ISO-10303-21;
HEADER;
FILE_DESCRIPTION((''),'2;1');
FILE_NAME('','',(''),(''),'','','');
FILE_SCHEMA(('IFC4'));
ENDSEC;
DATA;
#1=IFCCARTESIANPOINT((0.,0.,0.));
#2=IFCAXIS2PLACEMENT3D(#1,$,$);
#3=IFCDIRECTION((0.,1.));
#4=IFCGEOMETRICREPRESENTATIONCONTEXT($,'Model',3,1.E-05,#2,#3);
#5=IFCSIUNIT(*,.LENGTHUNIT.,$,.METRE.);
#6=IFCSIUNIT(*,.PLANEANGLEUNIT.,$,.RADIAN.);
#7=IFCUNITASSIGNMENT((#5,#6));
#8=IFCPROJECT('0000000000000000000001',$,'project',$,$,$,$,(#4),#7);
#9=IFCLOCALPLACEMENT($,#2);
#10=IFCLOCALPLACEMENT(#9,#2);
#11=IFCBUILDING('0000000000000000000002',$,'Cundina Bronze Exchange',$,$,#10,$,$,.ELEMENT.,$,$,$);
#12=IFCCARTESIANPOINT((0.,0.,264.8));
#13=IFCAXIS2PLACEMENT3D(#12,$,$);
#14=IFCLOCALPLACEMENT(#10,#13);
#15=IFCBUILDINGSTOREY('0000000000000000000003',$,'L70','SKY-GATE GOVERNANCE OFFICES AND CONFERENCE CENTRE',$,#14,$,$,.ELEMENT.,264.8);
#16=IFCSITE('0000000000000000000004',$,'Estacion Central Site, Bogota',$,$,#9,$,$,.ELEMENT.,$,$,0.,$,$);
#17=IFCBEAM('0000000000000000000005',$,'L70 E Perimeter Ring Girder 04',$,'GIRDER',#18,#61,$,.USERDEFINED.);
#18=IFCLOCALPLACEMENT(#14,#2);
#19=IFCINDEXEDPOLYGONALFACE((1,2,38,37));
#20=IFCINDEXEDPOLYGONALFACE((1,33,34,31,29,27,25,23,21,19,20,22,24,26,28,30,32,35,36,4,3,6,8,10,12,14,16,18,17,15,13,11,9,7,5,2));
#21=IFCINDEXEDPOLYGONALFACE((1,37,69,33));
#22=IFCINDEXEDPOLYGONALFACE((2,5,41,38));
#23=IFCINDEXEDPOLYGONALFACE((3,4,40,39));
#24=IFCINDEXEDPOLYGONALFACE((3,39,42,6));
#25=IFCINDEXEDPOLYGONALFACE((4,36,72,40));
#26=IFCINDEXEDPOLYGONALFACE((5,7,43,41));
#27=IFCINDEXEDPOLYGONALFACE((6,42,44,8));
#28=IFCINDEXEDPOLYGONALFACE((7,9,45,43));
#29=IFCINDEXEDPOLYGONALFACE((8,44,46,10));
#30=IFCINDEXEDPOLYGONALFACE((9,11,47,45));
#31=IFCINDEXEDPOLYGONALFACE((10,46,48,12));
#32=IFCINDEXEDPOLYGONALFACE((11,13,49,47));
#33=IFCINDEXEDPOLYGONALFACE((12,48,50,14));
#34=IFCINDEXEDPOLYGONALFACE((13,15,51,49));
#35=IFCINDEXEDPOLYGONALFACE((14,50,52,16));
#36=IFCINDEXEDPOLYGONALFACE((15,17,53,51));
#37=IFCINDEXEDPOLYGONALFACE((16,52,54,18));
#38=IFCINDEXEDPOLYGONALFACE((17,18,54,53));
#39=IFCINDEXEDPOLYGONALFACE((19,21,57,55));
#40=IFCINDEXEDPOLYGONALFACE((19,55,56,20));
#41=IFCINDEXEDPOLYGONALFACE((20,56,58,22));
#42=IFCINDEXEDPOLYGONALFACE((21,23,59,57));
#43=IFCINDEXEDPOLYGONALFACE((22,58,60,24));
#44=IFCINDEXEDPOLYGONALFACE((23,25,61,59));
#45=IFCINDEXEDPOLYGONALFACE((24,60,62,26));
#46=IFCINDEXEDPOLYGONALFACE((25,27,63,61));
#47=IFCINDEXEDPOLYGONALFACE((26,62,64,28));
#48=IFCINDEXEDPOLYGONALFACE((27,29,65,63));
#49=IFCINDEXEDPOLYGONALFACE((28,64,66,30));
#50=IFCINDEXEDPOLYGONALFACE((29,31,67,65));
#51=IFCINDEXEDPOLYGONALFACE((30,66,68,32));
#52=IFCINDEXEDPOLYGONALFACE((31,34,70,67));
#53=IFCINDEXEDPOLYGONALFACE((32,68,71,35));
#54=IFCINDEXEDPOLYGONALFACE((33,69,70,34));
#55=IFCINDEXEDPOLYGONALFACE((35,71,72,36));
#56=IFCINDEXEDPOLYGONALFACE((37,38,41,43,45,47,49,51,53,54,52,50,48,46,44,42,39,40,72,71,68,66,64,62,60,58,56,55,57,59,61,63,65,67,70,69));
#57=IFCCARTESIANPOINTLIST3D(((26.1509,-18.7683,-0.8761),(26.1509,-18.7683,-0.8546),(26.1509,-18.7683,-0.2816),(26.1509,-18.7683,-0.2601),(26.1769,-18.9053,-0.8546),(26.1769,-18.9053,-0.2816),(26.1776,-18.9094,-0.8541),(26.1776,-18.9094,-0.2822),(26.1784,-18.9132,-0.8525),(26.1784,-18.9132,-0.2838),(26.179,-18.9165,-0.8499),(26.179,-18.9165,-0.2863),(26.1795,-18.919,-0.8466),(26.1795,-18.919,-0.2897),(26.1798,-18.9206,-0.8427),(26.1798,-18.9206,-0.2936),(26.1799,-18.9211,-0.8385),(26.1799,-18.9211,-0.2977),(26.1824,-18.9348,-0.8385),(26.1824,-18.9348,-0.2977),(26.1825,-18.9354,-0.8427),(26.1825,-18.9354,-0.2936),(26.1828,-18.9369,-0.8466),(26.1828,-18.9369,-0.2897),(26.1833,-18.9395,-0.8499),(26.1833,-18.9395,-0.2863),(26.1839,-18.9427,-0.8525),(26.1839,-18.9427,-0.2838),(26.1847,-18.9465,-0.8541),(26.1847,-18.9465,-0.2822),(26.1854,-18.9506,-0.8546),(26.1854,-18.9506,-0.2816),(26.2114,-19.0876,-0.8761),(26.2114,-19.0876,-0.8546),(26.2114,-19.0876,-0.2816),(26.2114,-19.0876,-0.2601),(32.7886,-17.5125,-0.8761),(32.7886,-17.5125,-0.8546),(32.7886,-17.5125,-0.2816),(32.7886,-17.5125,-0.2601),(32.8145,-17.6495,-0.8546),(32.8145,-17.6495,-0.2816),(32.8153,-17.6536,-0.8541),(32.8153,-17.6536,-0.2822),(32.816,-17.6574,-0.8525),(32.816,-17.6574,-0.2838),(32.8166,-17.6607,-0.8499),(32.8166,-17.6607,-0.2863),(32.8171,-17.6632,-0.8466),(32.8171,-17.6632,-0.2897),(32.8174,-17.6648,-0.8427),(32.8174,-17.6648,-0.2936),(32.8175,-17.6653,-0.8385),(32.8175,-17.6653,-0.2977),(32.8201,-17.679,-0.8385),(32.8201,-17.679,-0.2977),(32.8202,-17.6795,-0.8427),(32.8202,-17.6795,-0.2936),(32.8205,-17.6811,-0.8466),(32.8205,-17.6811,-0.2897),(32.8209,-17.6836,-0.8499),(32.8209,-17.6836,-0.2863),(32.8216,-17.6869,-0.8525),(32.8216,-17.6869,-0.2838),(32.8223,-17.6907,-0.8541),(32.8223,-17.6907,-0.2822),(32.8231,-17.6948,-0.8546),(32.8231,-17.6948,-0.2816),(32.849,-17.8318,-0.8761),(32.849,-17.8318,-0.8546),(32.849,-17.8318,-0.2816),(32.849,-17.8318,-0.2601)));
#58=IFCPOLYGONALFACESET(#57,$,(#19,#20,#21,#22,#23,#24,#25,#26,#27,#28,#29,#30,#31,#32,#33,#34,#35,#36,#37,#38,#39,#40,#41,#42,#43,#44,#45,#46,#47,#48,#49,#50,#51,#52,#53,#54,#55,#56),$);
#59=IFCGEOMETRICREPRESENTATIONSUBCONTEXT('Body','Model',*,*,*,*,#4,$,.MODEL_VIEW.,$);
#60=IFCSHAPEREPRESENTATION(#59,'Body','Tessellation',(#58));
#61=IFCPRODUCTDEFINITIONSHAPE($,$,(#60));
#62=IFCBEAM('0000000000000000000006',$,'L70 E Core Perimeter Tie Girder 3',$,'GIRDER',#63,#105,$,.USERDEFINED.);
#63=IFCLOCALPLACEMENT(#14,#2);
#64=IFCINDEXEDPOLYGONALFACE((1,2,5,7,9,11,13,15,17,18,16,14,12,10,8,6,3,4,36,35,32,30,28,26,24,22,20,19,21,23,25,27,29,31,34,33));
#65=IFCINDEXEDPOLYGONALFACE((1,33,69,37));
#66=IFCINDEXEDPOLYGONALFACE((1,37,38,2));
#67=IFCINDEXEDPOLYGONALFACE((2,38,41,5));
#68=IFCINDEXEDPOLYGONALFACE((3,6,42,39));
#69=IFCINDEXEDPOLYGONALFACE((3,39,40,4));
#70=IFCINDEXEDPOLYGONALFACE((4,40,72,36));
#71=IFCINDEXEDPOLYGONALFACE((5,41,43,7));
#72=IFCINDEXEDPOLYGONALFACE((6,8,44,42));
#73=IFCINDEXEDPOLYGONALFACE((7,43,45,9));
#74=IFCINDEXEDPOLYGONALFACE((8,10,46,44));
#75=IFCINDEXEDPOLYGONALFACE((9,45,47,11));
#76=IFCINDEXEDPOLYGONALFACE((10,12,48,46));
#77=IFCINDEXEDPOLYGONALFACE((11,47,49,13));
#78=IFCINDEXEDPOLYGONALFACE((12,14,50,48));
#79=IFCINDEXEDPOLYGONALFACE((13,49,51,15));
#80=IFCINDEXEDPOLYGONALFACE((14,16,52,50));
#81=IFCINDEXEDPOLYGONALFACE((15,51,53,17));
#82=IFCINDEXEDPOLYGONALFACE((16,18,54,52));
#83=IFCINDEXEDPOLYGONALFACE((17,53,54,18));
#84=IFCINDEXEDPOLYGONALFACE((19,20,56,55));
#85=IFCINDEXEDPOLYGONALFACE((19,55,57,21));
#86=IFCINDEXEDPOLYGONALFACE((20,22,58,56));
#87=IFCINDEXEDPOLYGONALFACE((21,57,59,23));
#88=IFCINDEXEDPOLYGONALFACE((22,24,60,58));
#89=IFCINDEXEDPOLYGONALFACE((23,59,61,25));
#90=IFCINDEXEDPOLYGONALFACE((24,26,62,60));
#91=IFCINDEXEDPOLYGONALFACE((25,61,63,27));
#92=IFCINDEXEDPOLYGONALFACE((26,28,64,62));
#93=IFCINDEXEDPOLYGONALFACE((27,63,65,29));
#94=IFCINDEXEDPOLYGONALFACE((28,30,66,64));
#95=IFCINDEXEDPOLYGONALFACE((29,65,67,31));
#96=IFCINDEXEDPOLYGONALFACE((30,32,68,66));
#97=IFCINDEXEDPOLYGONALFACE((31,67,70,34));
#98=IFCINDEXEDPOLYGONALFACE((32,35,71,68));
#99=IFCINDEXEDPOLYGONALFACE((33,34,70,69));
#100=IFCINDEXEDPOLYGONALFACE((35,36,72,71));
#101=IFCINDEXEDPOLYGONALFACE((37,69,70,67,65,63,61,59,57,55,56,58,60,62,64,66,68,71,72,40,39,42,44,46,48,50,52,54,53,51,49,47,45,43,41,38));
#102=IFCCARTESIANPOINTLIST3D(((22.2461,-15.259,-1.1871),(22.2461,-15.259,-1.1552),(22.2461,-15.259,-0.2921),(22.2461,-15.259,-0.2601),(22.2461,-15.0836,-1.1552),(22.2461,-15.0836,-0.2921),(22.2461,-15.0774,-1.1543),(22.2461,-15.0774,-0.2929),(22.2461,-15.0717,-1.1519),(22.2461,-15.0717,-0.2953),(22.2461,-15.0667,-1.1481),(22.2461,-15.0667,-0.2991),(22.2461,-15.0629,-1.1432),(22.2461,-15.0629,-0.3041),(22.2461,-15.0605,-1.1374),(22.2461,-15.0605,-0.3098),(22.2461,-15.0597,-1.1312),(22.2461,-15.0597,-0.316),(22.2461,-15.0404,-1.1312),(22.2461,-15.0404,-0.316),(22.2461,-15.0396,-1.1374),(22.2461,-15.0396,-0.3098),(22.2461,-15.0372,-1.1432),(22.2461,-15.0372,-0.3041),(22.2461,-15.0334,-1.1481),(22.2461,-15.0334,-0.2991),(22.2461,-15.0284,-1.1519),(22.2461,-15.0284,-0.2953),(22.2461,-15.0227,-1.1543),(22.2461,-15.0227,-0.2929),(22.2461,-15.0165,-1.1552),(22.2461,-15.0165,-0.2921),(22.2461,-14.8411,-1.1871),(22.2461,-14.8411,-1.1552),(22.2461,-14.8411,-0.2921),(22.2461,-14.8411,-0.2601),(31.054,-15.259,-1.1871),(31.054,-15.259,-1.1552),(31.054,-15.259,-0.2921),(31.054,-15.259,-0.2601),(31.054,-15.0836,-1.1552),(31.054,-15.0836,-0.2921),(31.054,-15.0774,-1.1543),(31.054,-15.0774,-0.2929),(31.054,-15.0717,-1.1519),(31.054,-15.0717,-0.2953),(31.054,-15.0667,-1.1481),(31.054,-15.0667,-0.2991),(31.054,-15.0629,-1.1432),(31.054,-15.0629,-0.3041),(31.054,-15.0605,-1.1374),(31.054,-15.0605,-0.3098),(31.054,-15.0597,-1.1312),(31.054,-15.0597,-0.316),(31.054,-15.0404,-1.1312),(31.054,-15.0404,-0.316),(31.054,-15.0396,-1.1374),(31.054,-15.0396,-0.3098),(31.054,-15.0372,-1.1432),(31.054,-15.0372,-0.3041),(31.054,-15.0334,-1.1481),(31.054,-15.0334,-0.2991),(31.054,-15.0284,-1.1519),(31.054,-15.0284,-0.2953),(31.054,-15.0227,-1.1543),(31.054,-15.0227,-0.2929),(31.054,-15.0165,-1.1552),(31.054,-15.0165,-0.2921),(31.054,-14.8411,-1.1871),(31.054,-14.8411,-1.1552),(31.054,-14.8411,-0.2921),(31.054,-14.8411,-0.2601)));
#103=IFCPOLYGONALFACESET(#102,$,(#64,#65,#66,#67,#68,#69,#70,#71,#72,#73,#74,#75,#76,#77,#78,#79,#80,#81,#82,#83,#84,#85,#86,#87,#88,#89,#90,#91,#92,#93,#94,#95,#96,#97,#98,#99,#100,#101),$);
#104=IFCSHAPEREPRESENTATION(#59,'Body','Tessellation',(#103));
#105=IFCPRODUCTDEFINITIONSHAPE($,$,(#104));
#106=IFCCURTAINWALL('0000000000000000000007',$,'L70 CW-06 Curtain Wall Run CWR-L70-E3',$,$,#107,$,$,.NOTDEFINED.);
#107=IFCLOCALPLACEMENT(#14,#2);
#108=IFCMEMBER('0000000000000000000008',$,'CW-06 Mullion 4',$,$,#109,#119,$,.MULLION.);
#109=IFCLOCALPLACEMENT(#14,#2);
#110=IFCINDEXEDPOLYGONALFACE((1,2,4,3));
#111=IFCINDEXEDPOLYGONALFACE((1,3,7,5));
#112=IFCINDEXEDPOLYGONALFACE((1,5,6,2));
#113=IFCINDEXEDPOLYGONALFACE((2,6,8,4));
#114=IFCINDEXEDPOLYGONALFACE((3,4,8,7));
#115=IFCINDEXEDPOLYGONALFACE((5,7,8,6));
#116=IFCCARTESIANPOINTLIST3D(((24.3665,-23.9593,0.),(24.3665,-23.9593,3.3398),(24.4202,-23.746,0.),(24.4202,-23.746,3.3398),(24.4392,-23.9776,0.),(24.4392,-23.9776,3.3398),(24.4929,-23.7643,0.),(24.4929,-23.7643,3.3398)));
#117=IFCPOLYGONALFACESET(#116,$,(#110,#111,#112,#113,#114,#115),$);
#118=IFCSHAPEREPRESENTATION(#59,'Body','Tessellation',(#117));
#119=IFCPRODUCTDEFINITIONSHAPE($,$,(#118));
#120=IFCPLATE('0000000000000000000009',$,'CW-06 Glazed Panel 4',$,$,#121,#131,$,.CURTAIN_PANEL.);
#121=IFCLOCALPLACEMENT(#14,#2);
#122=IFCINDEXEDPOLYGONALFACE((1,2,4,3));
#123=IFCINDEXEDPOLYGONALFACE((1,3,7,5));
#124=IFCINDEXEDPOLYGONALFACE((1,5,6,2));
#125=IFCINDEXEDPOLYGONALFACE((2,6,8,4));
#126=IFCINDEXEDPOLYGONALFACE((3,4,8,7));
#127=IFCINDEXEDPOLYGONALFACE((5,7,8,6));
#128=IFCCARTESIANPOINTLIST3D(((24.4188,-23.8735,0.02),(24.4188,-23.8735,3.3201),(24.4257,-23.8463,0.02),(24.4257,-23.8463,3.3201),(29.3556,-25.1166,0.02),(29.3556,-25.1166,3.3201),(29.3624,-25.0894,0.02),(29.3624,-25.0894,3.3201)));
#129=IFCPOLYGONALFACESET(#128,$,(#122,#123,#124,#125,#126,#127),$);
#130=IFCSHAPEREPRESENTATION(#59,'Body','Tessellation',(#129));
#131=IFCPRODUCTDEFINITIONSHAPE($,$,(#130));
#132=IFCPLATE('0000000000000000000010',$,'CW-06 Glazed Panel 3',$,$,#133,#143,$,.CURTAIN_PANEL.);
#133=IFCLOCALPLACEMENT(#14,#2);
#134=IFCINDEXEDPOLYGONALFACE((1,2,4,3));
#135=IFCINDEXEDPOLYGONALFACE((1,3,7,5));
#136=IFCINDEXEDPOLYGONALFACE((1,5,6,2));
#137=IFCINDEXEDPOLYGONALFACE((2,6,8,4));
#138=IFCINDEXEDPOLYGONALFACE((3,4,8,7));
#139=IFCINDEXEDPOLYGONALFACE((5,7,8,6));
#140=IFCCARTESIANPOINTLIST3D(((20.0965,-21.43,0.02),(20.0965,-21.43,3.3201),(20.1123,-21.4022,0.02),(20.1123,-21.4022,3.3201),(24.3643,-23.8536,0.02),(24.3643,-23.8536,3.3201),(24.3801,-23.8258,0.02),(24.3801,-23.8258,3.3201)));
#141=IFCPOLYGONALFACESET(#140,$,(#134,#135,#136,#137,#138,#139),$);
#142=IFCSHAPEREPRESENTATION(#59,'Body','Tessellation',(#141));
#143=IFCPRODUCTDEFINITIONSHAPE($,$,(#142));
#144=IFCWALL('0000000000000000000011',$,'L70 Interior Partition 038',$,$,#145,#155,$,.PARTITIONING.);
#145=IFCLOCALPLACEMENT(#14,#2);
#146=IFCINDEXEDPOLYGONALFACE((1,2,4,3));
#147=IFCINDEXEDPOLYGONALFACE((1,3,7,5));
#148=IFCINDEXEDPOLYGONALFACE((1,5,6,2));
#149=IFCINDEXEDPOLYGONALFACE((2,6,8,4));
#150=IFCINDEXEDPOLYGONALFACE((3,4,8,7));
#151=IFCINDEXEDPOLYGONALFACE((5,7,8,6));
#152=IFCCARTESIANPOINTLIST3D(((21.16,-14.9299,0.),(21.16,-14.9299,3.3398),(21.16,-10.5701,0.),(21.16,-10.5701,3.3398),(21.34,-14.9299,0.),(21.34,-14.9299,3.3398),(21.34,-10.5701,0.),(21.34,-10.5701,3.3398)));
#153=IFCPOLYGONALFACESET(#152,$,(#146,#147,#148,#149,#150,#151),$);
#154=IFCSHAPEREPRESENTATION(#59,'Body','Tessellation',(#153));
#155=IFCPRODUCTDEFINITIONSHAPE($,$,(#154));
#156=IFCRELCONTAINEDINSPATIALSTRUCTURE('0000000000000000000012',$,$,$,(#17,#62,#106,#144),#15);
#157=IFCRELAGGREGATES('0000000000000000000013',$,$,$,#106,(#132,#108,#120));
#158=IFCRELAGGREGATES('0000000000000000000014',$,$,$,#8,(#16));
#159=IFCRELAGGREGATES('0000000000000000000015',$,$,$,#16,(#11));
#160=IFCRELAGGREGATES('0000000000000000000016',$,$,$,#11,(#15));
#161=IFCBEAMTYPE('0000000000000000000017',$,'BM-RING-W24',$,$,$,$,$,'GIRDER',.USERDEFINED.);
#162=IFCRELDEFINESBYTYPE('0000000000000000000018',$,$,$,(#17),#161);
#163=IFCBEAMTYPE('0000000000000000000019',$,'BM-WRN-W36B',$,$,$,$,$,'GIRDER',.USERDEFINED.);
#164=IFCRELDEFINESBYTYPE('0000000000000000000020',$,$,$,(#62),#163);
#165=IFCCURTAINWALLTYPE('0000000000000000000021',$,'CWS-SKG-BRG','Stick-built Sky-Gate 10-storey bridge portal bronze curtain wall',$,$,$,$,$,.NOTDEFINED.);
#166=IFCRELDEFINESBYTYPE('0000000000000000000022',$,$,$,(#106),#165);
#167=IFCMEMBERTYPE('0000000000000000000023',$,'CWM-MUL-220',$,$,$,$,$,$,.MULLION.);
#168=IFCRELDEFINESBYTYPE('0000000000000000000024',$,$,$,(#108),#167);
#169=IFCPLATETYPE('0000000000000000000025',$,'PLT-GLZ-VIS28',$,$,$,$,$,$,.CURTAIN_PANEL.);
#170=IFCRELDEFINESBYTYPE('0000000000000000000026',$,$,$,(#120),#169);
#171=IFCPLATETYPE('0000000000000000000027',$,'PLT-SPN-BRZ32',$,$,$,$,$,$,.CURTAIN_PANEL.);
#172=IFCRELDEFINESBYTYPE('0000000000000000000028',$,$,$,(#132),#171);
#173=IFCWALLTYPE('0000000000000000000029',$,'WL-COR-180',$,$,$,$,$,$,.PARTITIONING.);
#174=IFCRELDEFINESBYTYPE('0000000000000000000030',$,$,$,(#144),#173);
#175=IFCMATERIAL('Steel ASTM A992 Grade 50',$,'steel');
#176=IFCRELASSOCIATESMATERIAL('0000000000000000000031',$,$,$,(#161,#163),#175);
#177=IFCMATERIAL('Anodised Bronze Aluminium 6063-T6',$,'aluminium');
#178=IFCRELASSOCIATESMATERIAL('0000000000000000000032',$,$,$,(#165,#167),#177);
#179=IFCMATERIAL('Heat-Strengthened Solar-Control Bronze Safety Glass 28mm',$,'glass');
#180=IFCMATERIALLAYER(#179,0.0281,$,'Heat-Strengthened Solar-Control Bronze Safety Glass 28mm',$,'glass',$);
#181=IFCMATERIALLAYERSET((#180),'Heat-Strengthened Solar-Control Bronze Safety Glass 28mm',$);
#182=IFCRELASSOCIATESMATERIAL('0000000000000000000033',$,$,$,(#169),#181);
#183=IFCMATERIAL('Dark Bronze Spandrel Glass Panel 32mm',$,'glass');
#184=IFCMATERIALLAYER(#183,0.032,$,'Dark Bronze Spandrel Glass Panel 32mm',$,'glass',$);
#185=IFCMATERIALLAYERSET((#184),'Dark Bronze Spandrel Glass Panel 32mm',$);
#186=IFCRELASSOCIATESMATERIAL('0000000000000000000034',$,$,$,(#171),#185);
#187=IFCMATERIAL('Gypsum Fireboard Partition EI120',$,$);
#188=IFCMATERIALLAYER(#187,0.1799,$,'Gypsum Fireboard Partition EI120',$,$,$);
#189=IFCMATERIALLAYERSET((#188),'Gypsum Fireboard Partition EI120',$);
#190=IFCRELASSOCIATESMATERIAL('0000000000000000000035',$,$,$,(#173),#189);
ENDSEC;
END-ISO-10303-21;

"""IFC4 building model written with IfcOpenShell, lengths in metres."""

from ifc_helpers import new_model, si_unit, direction, frame, frame_2d, origin, origin_2d, place, context, subcontext, project, spatial, rectangle, i_section, extrude, material, layer, layer_set, material_profile, profile_set, type_object, element, aggregate, save


model = new_model("IFC4")

# Units and contexts
model_context = context("Model", 3, precision=1e-05, world=origin(), true_north=direction((0.0, 1.0)))
body_context = subcontext(model_context, "Body", "Model", "MODEL_VIEW")
ifc_project = project(units=[si_unit("LENGTHUNIT", "METRE"), si_unit("PLANEANGLEUNIT", "RADIAN")], contexts=[model_context])

# Site, building, storey
site_placement = place(None, origin())
site = spatial("IfcSite", under=ifc_project, at=site_placement, Name="Estacion Central Site, Bogota", CompositionType="ELEMENT", RefElevation=0.0)
building_placement = place(site_placement, origin())
building = spatial("IfcBuilding", under=site, at=building_placement, Name="Cundina Bronze Exchange", CompositionType="ELEMENT")
storey_placement = place(building_placement, frame((0.0, 0.0, 264.8)))
storey = spatial("IfcBuildingStorey", under=building, at=storey_placement, Name="L70", Description="SKY-GATE GOVERNANCE OFFICES AND CONFERENCE CENTRE", CompositionType="ELEMENT", Elevation=264.8)

# Shared definitions
ifc_material_1 = material(Name="Steel ASTM A992 Grade 50", Category="steel")

# Beams
ifc_material_profile_1 = material_profile(ifc_material_1, i_section(OverallWidth=0.325, OverallDepth=0.616, WebThickness=0.0139, FlangeThickness=0.0215, FilletRadius=0.0161, at=origin_2d()), Name="W24X117", Category="steel")
ifc_profile_set_1 = profile_set([ifc_material_profile_1], Name="Steel ASTM A992 Grade 50")
beam_type_1 = type_object("IfcBeamType", Name="BM-RING-W24", ElementType="GIRDER", PredefinedType="USERDEFINED", material=ifc_profile_set_1)
beam_1_placement = place(storey_placement, frame((26.1812, -18.928, -0.5681), z_axis=(0.982568, 0.185903, 0.0), x_axis=(-0.185903, 0.982568, 0.0)))
element("IfcBeam", 1, at=beam_1_placement, inside=storey, type_object=beam_type_1, Name="L70 E Perimeter Ring Girder 04", ObjectType="GIRDER", PredefinedType="USERDEFINED", context=body_context, shape_type="SweptSolid", body=[
    extrude(i_section(OverallWidth=0.325, OverallDepth=0.616, WebThickness=0.0139, FlangeThickness=0.0215, FilletRadius=0.0161, at=origin_2d()), origin(), (0.0, 0.0, 1.0), 6.7554),
])
ifc_material_profile_2 = material_profile(ifc_material_1, i_section(OverallWidth=0.418, OverallDepth=0.927, WebThickness=0.0193, FlangeThickness=0.032, FilletRadius=0.0239, at=origin_2d()), Name="W36X231", Category="steel")
ifc_profile_set_2 = profile_set([ifc_material_profile_2], Name="Steel ASTM A992 Grade 50")
beam_type_2 = type_object("IfcBeamType", Name="BM-WRN-W36B", ElementType="GIRDER", PredefinedType="USERDEFINED", material=ifc_profile_set_2)
beam_2_placement = place(storey_placement, frame((22.2461, -15.05, -0.7236), z_axis=(1.0, 0.0, 0.0), x_axis=(0.0, 1.0, 0.0)))
element("IfcBeam", 2, at=beam_2_placement, inside=storey, type_object=beam_type_2, Name="L70 E Core Perimeter Tie Girder 3", ObjectType="GIRDER", PredefinedType="USERDEFINED", context=body_context, shape_type="SweptSolid", body=[
    extrude(i_section(OverallWidth=0.418, OverallDepth=0.927, WebThickness=0.0193, FlangeThickness=0.032, FilletRadius=0.0239, at=origin_2d()), origin(), (0.0, 0.0, 1.0), 8.8079),
])

# Curtain wall, member, plates
ifc_material_2 = material(Name="Anodised Bronze Aluminium 6063-T6", Category="aluminium")
curtain_wall_type = type_object("IfcCurtainWallType", Name="CWS-SKG-BRG", Description="Stick-built Sky-Gate 10-storey bridge portal bronze curtain wall", PredefinedType="NOTDEFINED", material=ifc_material_2)
curtain_wall_placement = place(storey_placement, origin())
curtain_wall = element("IfcCurtainWall", 3, at=curtain_wall_placement, inside=storey, type_object=curtain_wall_type, Name="L70 CW-06 Curtain Wall Run CWR-L70-E3", PredefinedType="NOTDEFINED")
ifc_material_profile_3 = material_profile(ifc_material_2, rectangle(XDim=0.075, YDim=0.22, at=origin_2d()), Name="AL75X220", Category="aluminium")
ifc_profile_set_3 = profile_set([ifc_material_profile_3], Name="Anodised Bronze Aluminium 6063-T6")
member_type = type_object("IfcMemberType", Name="CWM-MUL-220", PredefinedType="MULLION", material=ifc_profile_set_3)
member_placement = place(storey_placement, frame((24.4297, -23.8618, 0.0), z_axis=(0.0, 0.0, 1.0), x_axis=(0.969744, -0.244123, 0.0)))
member = element("IfcMember", 4, at=member_placement, type_object=member_type, Name="CW-06 Mullion 4", PredefinedType="MULLION", context=body_context, shape_type="SweptSolid", body=[
    extrude(rectangle(XDim=0.075, YDim=0.22, at=origin_2d()), origin(), (0.0, 0.0, 1.0), 3.3398),
])
ifc_material_3 = material(Name="Heat-Strengthened Solar-Control Bronze Safety Glass 28mm", Category="glass")
ifc_layer_1 = layer(ifc_material_3, 0.0281, Name="Heat-Strengthened Solar-Control Bronze Safety Glass 28mm", Category="glass")
ifc_layer_set_1 = layer_set([ifc_layer_1], Name="Heat-Strengthened Solar-Control Bronze Safety Glass 28mm")
plate_type_1 = type_object("IfcPlateType", Name="PLT-GLZ-VIS28", PredefinedType="CURTAIN_PANEL", material=ifc_layer_set_1)
plate_1_placement = place(storey_placement, frame((26.8906, -24.4814, 0.02), z_axis=(0.0, 0.0, 1.0), x_axis=(0.969732, -0.244174, 0.0)))
plate_1 = element("IfcPlate", 5, at=plate_1_placement, type_object=plate_type_1, Name="CW-06 Glazed Panel 4", PredefinedType="CURTAIN_PANEL", context=body_context, shape_type="SweptSolid", body=[
    extrude(rectangle(XDim=5.0908, YDim=0.0281, at=origin_2d()), origin(), (0.0, 0.0, 1.0), 3.3),
])
ifc_material_4 = material(Name="Dark Bronze Spandrel Glass Panel 32mm", Category="glass")
ifc_layer_2 = layer(ifc_material_4, 0.032, Name="Dark Bronze Spandrel Glass Panel 32mm", Category="glass")
ifc_layer_set_2 = layer_set([ifc_layer_2], Name="Dark Bronze Spandrel Glass Panel 32mm")
plate_type_2 = type_object("IfcPlateType", Name="PLT-SPN-BRZ32", PredefinedType="CURTAIN_PANEL", material=ifc_layer_set_2)
plate_2_placement = place(storey_placement, frame((22.2383, -22.6279, 0.02), z_axis=(0.0, 0.0, 1.0), x_axis=(0.869573, -0.493805, 0.0)))
plate_2 = element("IfcPlate", 6, at=plate_2_placement, type_object=plate_type_2, Name="CW-06 Glazed Panel 3", PredefinedType="CURTAIN_PANEL", context=body_context, shape_type="SweptSolid", body=[
    extrude(rectangle(XDim=4.908, YDim=0.032, at=origin_2d()), origin(), (0.0, 0.0, 1.0), 3.3),
])
aggregate(curtain_wall, [plate_2, member, plate_1])

# Wall
ifc_material_5 = material(Name="Gypsum Fireboard Partition EI120")
ifc_layer_3 = layer(ifc_material_5, 0.1799, Name="Gypsum Fireboard Partition EI120")
ifc_layer_set_3 = layer_set([ifc_layer_3], Name="Gypsum Fireboard Partition EI120")
wall_type_1 = type_object("IfcWallType", Name="WL-COR-180", PredefinedType="PARTITIONING", material=ifc_layer_set_3)
wall_1_placement = place(storey_placement, frame((21.25, -14.9299, 0.0), z_axis=(0.0, 0.0, 1.0), x_axis=(0.0, 1.0, 0.0)))
element("IfcWall", 7, at=wall_1_placement, inside=storey, type_object=wall_type_1, Name="L70 Interior Partition 038", PredefinedType="PARTITIONING", context=body_context, shape_type="SweptSolid", body=[
    extrude(rectangle(XDim=4.3599, YDim=0.1799, at=frame_2d((2.1799, 0.0))), origin(), (0.0, 0.0, 1.0), 3.3398),
])

save(model, "model.ifc")
